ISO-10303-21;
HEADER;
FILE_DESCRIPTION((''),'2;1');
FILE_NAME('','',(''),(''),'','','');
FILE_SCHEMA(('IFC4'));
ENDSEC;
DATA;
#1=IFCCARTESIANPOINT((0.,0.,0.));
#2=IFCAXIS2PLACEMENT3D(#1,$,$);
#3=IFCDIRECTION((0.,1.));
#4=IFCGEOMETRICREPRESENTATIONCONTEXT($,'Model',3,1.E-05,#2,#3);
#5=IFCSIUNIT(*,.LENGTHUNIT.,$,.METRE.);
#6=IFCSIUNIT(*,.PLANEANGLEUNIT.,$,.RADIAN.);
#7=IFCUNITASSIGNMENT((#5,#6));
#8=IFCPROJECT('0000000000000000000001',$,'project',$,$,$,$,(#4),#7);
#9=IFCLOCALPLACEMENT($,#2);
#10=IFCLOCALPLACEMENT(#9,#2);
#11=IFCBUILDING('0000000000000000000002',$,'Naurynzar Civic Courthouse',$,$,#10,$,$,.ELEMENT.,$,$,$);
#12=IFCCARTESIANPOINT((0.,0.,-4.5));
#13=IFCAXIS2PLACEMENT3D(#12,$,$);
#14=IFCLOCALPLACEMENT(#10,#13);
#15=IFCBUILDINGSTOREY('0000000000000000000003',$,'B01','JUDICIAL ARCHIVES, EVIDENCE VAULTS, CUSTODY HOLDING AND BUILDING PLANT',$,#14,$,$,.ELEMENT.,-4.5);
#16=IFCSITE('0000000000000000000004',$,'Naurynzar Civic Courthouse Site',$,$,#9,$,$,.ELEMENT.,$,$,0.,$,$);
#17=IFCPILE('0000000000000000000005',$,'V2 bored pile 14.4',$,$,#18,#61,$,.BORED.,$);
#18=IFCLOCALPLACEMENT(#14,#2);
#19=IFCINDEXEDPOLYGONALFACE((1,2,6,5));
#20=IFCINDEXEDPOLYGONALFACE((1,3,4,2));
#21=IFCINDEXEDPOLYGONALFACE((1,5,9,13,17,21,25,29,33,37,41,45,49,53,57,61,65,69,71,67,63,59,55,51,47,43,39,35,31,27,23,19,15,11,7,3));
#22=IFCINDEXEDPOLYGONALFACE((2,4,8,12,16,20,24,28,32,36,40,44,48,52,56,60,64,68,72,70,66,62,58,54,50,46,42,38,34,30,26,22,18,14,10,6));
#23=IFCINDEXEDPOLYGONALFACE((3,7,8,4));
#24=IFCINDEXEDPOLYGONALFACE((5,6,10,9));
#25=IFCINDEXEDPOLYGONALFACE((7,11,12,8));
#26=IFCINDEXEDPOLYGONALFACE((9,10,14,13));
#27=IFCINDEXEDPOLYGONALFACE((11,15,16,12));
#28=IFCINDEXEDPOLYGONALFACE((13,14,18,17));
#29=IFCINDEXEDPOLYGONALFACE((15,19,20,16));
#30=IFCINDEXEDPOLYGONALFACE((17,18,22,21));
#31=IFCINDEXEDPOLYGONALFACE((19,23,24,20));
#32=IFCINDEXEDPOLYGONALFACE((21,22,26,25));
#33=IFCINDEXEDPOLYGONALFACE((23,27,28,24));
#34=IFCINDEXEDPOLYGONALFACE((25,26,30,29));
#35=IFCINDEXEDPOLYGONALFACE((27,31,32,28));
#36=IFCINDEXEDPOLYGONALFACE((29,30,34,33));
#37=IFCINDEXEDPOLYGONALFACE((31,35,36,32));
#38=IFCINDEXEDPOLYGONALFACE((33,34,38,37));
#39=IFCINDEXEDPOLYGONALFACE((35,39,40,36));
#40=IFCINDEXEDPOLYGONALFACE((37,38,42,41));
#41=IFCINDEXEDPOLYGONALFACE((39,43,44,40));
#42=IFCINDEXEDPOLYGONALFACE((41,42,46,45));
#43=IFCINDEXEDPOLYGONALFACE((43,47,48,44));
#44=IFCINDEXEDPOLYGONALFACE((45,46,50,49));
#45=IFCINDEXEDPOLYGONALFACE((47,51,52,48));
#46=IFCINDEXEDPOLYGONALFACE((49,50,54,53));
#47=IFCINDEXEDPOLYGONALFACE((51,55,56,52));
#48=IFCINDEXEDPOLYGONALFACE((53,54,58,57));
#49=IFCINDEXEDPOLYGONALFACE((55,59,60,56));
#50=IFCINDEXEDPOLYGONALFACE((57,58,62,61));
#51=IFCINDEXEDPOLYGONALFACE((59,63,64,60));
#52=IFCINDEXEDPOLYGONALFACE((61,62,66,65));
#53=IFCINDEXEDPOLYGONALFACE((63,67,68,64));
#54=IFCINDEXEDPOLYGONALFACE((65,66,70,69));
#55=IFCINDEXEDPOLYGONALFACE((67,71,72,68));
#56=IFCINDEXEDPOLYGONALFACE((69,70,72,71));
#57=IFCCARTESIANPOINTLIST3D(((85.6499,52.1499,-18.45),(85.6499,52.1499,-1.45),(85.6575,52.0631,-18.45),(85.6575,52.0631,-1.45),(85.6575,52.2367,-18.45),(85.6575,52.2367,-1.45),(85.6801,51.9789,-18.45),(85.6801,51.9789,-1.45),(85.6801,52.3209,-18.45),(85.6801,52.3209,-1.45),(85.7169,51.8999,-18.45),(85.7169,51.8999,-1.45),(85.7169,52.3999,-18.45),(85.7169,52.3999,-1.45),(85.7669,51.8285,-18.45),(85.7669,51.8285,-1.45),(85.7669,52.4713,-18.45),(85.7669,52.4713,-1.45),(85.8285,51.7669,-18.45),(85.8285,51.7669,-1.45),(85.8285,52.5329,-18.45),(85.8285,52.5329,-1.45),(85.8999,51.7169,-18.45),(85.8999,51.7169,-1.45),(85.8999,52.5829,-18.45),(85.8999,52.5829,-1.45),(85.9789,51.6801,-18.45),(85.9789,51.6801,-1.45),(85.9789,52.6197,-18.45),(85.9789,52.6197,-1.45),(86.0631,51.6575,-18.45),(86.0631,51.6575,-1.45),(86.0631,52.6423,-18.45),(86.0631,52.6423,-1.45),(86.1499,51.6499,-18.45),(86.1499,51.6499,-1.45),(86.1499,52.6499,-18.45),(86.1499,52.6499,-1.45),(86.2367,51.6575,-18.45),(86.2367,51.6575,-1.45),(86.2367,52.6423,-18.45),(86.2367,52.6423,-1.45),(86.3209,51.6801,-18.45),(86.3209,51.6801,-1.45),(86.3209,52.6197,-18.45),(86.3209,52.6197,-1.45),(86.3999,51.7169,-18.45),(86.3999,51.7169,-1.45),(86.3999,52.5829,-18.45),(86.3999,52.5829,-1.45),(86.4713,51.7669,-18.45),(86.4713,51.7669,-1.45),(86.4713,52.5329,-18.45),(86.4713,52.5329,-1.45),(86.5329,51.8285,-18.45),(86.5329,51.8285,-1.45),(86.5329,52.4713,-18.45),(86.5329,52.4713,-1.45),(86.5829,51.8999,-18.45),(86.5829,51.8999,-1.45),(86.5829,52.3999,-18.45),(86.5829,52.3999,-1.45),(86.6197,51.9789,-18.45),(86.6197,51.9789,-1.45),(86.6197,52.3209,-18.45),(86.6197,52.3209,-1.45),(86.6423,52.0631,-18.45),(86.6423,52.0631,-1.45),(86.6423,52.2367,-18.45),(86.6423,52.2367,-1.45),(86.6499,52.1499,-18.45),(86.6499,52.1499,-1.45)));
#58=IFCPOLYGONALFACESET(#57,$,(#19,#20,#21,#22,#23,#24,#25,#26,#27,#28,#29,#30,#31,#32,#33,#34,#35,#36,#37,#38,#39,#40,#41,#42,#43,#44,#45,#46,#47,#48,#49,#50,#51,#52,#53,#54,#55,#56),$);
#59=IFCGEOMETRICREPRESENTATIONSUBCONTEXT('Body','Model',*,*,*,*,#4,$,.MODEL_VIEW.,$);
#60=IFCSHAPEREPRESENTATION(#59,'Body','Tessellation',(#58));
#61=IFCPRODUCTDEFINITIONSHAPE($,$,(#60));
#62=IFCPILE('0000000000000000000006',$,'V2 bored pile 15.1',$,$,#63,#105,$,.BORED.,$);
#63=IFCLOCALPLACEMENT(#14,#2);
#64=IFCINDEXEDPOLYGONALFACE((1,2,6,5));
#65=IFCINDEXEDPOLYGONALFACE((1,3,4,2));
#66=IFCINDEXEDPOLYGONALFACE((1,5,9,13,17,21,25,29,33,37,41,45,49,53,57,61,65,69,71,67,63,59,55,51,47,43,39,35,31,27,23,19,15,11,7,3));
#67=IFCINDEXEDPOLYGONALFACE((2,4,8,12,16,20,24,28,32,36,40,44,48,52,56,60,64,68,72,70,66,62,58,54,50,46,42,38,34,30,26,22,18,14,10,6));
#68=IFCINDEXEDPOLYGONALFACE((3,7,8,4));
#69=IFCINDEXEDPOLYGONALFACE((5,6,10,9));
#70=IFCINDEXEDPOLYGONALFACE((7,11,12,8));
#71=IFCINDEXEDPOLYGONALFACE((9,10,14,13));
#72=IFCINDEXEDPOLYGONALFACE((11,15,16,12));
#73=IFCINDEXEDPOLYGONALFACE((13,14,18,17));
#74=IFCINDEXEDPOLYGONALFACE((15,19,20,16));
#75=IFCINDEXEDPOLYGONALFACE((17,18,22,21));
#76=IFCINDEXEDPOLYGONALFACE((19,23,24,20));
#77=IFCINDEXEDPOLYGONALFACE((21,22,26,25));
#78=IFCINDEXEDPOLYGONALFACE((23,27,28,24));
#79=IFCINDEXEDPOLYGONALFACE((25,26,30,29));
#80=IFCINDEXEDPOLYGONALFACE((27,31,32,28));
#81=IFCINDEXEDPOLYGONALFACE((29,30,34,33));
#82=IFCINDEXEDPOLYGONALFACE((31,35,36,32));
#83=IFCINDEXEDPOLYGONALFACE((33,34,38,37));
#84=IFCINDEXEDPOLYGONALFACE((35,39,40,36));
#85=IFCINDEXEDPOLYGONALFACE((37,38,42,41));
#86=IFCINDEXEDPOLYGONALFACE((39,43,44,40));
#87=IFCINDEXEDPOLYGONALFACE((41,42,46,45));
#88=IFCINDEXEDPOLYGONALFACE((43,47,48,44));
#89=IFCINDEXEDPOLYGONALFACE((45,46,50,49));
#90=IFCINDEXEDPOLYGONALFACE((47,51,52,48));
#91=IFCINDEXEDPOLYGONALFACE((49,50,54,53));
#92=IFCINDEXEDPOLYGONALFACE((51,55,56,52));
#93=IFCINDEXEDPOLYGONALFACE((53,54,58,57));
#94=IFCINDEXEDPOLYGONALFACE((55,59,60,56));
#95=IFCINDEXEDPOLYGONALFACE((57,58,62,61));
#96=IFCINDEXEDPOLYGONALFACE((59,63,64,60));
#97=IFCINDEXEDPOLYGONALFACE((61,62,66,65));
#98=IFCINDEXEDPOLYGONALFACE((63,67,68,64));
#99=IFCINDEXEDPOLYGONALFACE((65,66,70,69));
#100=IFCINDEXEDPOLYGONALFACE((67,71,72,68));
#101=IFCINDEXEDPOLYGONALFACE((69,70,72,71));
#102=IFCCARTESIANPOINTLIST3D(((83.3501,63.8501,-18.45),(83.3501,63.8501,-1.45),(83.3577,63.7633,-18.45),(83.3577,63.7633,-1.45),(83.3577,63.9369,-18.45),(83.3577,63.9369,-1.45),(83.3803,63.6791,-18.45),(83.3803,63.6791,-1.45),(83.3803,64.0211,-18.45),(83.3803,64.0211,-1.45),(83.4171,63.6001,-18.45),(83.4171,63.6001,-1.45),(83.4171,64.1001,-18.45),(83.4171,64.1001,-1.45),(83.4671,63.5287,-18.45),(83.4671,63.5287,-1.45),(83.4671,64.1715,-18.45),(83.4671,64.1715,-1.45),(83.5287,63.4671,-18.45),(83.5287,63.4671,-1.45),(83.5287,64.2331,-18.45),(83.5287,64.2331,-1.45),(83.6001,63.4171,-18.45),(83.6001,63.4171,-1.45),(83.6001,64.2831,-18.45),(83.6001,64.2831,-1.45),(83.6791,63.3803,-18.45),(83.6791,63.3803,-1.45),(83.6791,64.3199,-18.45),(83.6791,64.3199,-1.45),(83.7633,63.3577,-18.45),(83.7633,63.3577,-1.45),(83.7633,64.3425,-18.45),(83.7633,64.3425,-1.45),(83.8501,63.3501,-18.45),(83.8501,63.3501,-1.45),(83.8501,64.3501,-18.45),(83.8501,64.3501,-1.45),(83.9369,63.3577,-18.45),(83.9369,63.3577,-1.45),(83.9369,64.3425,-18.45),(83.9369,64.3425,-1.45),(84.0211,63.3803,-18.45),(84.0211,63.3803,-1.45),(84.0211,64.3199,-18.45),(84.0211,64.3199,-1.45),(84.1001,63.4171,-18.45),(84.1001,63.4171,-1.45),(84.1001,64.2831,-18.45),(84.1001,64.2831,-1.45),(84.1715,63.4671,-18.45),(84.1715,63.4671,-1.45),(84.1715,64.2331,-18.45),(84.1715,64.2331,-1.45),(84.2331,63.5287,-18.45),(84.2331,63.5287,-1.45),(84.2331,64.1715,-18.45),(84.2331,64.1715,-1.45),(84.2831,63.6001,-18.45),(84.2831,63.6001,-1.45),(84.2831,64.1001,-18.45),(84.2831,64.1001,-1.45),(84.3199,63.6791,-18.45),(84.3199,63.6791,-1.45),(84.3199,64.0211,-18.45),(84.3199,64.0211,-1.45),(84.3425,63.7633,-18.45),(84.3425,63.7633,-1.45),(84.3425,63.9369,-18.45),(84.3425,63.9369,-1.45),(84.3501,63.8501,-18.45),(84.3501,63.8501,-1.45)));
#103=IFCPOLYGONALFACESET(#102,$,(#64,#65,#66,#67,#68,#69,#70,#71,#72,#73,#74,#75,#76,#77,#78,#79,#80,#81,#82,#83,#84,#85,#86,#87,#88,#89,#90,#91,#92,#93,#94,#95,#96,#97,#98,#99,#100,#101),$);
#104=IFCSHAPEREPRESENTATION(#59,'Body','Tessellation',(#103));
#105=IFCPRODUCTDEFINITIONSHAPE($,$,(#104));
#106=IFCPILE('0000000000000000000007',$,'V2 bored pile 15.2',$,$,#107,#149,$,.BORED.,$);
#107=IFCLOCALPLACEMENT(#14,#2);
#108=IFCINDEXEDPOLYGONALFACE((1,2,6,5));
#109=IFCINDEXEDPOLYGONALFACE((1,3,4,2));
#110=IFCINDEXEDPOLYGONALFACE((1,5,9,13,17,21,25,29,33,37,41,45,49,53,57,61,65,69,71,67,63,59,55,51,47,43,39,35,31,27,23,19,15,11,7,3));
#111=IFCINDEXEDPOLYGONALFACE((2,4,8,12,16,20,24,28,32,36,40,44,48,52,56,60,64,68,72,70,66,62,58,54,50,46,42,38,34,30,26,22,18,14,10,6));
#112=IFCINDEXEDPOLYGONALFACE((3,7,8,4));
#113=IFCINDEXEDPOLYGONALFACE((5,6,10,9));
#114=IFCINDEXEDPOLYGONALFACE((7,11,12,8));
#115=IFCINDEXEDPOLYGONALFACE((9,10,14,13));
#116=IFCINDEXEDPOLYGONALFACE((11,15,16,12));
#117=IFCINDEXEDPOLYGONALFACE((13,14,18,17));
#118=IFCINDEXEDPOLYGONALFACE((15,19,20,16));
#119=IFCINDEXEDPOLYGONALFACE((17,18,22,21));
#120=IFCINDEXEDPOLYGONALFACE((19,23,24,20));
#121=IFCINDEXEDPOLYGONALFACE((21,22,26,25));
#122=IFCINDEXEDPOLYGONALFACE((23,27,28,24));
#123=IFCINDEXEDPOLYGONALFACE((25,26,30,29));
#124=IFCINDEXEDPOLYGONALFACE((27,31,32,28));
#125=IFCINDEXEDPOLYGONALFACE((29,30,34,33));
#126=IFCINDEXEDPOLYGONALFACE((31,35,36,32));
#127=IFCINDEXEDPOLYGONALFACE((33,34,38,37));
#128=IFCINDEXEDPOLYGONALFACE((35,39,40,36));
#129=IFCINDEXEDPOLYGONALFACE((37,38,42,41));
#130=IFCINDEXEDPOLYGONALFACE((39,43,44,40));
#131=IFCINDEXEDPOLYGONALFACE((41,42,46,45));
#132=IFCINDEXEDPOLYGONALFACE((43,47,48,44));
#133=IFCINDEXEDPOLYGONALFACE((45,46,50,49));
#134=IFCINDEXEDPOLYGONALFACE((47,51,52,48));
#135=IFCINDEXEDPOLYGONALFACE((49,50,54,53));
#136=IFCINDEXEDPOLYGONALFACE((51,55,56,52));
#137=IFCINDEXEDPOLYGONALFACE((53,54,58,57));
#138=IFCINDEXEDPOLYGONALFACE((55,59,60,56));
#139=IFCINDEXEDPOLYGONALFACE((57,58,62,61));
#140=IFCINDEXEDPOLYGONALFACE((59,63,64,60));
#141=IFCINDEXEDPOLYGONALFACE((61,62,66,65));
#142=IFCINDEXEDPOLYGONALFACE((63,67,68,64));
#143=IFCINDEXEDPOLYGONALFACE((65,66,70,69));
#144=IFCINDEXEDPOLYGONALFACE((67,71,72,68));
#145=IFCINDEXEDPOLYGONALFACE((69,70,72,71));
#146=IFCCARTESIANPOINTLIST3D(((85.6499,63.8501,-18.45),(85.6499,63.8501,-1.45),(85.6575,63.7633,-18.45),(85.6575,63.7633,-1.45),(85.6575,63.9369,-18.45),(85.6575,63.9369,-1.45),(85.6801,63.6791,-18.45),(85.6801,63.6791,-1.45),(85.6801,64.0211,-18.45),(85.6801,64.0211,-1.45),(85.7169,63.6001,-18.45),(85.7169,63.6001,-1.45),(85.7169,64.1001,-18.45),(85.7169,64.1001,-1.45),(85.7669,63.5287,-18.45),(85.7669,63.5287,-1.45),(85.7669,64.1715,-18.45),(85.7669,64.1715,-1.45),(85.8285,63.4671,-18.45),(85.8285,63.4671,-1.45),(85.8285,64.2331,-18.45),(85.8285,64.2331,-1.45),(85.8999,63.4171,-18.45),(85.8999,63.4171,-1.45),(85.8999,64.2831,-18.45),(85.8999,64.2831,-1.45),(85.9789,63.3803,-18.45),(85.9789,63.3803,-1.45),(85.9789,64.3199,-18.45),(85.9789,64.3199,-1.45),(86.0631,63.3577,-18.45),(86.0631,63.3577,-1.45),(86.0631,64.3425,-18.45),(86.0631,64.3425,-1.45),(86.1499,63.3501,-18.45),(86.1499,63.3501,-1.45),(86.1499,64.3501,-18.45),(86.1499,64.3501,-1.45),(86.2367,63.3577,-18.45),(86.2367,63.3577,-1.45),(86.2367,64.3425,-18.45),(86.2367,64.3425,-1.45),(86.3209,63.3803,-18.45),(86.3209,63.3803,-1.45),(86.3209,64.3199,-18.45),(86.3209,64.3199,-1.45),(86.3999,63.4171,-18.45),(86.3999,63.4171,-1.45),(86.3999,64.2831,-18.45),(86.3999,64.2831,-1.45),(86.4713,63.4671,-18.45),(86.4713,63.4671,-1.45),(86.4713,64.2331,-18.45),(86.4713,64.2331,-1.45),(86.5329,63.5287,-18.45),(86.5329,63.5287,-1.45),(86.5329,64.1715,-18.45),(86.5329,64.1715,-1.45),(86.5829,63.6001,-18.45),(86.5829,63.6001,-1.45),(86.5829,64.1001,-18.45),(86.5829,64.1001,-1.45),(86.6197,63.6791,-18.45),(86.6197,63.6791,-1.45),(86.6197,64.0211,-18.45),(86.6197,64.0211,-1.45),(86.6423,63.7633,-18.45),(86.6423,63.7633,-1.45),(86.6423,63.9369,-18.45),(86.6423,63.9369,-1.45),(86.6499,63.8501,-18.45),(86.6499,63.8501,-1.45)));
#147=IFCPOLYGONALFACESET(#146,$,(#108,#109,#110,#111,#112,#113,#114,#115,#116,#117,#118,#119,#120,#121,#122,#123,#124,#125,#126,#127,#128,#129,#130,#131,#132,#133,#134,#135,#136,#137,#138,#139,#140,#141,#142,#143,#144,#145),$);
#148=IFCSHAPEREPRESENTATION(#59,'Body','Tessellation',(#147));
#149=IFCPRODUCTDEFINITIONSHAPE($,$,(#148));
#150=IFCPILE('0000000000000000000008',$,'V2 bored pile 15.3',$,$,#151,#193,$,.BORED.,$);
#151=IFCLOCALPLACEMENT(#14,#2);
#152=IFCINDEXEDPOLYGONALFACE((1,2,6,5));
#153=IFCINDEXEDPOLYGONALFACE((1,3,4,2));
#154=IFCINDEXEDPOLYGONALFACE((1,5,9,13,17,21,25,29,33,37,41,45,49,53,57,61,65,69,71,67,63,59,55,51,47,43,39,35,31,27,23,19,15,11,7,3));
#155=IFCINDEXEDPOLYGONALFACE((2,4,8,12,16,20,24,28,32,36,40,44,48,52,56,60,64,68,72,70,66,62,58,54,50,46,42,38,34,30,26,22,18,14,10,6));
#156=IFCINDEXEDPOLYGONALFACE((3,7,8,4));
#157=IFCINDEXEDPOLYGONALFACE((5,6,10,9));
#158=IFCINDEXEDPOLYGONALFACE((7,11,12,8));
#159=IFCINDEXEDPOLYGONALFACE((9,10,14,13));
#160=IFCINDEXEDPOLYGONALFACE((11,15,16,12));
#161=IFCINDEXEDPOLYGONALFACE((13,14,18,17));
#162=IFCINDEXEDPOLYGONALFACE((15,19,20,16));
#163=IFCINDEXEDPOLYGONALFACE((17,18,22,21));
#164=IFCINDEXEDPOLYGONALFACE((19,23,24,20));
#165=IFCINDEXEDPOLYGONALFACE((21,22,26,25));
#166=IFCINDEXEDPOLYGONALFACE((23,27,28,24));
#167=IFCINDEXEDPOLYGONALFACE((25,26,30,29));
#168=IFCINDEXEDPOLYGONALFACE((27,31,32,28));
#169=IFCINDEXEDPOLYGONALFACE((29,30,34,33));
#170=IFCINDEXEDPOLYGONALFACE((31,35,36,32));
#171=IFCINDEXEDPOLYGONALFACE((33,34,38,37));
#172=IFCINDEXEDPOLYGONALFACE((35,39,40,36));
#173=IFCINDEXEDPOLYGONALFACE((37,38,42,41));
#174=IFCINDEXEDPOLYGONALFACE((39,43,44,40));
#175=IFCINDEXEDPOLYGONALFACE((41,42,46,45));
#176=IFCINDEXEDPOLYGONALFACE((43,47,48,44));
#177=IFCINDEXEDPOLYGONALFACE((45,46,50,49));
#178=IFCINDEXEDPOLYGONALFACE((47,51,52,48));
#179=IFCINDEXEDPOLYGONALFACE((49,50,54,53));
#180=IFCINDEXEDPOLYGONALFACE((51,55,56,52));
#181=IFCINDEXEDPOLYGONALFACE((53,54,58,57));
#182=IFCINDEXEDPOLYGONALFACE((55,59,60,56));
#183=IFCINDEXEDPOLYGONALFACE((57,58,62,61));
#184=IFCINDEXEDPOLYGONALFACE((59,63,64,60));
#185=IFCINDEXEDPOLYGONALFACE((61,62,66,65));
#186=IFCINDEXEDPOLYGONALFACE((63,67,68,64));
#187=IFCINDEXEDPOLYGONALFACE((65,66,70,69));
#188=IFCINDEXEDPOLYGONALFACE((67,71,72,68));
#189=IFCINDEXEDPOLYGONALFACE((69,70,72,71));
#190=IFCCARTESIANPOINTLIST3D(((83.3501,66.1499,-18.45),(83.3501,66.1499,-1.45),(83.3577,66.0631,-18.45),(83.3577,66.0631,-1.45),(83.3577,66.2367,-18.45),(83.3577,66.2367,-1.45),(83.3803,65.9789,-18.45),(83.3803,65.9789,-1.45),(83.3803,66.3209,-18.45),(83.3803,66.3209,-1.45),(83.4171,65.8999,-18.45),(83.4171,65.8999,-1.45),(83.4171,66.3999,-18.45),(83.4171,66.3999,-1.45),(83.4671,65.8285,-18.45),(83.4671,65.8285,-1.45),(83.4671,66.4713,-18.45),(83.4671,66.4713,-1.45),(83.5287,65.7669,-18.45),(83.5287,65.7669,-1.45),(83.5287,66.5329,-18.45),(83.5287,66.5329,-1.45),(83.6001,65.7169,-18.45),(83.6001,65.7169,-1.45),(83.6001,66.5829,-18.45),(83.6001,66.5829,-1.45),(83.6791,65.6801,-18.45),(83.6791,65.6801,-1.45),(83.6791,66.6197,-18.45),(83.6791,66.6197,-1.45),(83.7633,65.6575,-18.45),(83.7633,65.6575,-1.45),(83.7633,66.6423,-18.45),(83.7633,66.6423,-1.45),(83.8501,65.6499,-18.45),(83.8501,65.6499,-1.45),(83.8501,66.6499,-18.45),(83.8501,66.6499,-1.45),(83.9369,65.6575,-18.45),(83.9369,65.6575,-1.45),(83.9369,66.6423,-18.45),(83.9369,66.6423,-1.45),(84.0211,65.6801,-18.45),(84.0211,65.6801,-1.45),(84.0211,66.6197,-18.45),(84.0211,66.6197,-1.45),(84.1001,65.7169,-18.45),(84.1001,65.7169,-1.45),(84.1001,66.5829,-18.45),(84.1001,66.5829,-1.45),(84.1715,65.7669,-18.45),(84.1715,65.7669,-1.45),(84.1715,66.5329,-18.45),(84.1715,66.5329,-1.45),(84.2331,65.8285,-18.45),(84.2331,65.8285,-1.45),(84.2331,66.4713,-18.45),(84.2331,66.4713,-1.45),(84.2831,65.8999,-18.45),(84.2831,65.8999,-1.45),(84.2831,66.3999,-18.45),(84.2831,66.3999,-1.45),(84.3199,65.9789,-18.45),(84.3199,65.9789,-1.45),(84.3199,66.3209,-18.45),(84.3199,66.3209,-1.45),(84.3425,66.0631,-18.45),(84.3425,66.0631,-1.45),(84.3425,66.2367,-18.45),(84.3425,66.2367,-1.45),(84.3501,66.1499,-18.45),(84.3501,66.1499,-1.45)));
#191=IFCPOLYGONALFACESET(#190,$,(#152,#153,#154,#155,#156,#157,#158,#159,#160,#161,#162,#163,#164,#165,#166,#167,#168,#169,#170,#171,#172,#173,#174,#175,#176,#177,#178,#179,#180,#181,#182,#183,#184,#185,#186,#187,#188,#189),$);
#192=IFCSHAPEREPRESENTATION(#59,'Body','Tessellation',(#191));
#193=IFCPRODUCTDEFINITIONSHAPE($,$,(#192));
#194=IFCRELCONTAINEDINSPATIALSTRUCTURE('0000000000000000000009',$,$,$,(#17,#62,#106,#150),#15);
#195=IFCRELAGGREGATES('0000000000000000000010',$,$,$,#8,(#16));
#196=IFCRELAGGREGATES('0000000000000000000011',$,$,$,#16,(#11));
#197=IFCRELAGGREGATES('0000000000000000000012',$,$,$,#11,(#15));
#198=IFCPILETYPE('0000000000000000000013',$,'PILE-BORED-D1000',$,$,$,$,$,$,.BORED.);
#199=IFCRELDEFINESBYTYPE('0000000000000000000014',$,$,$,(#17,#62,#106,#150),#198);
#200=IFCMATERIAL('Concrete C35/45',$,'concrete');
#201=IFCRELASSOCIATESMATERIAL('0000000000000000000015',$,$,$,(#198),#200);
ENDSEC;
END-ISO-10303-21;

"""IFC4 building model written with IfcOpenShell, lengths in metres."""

from ifc_helpers import new_model, si_unit, direction, frame, origin, origin_2d, place, context, subcontext, project, spatial, circle, extrude, material, material_profile, profile_set, type_object, element, save


model = new_model("IFC4")

# Units and contexts
model_context = context("Model", 3, precision=1e-05, world=origin(), true_north=direction((0.0, 1.0)))
body_context = subcontext(model_context, "Body", "Model", "MODEL_VIEW")
ifc_project = project(units=[si_unit("LENGTHUNIT", "METRE"), si_unit("PLANEANGLEUNIT", "RADIAN")], contexts=[model_context])

# Site, building, storey
site_placement = place(None, origin())
site = spatial("IfcSite", under=ifc_project, at=site_placement, Name="Naurynzar Civic Courthouse Site", CompositionType="ELEMENT", RefElevation=0.0)
building_placement = place(site_placement, origin())
building = spatial("IfcBuilding", under=site, at=building_placement, Name="Naurynzar Civic Courthouse", CompositionType="ELEMENT")
storey_placement = place(building_placement, frame((0.0, 0.0, -4.5)))
storey = spatial("IfcBuildingStorey", under=building, at=storey_placement, Name="B01", Description="JUDICIAL ARCHIVES, EVIDENCE VAULTS, CUSTODY HOLDING AND BUILDING PLANT", CompositionType="ELEMENT", Elevation=-4.5)

# Piles
ifc_material_1 = material(Name="Concrete C35/45", Category="concrete")
ifc_material_profile_1 = material_profile(ifc_material_1, circle(Radius=0.5, at=origin_2d()), Name="PILE D1000")
ifc_profile_set_1 = profile_set([ifc_material_profile_1], Name="Concrete C35/45")
pile_type_1 = type_object("IfcPileType", Name="PILE-BORED-D1000", PredefinedType="BORED", material=ifc_profile_set_1)
for number, where, z_axis, x_axis, name in (
    (1, (86.1499, 52.1499, -1.45), (0.0, 0.0, -1.0), (1.0, 0.0, 0.0), "V2 bored pile 14.4"),
    (2, (83.8501, 63.8501, -1.45), (0.0, 0.0, -1.0), (1.0, 0.0, 0.0), "V2 bored pile 15.1"),
    (3, (86.1499, 63.8501, -1.45), (0.0, 0.0, -1.0), (1.0, 0.0, 0.0), "V2 bored pile 15.2"),
    (4, (83.8501, 66.1499, -1.45), (0.0, 0.0, -1.0), (1.0, 0.0, 0.0), "V2 bored pile 15.3"),
):
    element("IfcPile", number, at=place(storey_placement, frame(where, z_axis=z_axis, x_axis=x_axis)), inside=storey, type_object=pile_type_1, Name=name, PredefinedType="BORED", context=body_context, shape_type="SweptSolid", body=[
        extrude(circle(Radius=0.5, at=origin_2d()), origin(), (0.0, 0.0, 1.0), 17.0),
    ])

save(model, "model.ifc")
